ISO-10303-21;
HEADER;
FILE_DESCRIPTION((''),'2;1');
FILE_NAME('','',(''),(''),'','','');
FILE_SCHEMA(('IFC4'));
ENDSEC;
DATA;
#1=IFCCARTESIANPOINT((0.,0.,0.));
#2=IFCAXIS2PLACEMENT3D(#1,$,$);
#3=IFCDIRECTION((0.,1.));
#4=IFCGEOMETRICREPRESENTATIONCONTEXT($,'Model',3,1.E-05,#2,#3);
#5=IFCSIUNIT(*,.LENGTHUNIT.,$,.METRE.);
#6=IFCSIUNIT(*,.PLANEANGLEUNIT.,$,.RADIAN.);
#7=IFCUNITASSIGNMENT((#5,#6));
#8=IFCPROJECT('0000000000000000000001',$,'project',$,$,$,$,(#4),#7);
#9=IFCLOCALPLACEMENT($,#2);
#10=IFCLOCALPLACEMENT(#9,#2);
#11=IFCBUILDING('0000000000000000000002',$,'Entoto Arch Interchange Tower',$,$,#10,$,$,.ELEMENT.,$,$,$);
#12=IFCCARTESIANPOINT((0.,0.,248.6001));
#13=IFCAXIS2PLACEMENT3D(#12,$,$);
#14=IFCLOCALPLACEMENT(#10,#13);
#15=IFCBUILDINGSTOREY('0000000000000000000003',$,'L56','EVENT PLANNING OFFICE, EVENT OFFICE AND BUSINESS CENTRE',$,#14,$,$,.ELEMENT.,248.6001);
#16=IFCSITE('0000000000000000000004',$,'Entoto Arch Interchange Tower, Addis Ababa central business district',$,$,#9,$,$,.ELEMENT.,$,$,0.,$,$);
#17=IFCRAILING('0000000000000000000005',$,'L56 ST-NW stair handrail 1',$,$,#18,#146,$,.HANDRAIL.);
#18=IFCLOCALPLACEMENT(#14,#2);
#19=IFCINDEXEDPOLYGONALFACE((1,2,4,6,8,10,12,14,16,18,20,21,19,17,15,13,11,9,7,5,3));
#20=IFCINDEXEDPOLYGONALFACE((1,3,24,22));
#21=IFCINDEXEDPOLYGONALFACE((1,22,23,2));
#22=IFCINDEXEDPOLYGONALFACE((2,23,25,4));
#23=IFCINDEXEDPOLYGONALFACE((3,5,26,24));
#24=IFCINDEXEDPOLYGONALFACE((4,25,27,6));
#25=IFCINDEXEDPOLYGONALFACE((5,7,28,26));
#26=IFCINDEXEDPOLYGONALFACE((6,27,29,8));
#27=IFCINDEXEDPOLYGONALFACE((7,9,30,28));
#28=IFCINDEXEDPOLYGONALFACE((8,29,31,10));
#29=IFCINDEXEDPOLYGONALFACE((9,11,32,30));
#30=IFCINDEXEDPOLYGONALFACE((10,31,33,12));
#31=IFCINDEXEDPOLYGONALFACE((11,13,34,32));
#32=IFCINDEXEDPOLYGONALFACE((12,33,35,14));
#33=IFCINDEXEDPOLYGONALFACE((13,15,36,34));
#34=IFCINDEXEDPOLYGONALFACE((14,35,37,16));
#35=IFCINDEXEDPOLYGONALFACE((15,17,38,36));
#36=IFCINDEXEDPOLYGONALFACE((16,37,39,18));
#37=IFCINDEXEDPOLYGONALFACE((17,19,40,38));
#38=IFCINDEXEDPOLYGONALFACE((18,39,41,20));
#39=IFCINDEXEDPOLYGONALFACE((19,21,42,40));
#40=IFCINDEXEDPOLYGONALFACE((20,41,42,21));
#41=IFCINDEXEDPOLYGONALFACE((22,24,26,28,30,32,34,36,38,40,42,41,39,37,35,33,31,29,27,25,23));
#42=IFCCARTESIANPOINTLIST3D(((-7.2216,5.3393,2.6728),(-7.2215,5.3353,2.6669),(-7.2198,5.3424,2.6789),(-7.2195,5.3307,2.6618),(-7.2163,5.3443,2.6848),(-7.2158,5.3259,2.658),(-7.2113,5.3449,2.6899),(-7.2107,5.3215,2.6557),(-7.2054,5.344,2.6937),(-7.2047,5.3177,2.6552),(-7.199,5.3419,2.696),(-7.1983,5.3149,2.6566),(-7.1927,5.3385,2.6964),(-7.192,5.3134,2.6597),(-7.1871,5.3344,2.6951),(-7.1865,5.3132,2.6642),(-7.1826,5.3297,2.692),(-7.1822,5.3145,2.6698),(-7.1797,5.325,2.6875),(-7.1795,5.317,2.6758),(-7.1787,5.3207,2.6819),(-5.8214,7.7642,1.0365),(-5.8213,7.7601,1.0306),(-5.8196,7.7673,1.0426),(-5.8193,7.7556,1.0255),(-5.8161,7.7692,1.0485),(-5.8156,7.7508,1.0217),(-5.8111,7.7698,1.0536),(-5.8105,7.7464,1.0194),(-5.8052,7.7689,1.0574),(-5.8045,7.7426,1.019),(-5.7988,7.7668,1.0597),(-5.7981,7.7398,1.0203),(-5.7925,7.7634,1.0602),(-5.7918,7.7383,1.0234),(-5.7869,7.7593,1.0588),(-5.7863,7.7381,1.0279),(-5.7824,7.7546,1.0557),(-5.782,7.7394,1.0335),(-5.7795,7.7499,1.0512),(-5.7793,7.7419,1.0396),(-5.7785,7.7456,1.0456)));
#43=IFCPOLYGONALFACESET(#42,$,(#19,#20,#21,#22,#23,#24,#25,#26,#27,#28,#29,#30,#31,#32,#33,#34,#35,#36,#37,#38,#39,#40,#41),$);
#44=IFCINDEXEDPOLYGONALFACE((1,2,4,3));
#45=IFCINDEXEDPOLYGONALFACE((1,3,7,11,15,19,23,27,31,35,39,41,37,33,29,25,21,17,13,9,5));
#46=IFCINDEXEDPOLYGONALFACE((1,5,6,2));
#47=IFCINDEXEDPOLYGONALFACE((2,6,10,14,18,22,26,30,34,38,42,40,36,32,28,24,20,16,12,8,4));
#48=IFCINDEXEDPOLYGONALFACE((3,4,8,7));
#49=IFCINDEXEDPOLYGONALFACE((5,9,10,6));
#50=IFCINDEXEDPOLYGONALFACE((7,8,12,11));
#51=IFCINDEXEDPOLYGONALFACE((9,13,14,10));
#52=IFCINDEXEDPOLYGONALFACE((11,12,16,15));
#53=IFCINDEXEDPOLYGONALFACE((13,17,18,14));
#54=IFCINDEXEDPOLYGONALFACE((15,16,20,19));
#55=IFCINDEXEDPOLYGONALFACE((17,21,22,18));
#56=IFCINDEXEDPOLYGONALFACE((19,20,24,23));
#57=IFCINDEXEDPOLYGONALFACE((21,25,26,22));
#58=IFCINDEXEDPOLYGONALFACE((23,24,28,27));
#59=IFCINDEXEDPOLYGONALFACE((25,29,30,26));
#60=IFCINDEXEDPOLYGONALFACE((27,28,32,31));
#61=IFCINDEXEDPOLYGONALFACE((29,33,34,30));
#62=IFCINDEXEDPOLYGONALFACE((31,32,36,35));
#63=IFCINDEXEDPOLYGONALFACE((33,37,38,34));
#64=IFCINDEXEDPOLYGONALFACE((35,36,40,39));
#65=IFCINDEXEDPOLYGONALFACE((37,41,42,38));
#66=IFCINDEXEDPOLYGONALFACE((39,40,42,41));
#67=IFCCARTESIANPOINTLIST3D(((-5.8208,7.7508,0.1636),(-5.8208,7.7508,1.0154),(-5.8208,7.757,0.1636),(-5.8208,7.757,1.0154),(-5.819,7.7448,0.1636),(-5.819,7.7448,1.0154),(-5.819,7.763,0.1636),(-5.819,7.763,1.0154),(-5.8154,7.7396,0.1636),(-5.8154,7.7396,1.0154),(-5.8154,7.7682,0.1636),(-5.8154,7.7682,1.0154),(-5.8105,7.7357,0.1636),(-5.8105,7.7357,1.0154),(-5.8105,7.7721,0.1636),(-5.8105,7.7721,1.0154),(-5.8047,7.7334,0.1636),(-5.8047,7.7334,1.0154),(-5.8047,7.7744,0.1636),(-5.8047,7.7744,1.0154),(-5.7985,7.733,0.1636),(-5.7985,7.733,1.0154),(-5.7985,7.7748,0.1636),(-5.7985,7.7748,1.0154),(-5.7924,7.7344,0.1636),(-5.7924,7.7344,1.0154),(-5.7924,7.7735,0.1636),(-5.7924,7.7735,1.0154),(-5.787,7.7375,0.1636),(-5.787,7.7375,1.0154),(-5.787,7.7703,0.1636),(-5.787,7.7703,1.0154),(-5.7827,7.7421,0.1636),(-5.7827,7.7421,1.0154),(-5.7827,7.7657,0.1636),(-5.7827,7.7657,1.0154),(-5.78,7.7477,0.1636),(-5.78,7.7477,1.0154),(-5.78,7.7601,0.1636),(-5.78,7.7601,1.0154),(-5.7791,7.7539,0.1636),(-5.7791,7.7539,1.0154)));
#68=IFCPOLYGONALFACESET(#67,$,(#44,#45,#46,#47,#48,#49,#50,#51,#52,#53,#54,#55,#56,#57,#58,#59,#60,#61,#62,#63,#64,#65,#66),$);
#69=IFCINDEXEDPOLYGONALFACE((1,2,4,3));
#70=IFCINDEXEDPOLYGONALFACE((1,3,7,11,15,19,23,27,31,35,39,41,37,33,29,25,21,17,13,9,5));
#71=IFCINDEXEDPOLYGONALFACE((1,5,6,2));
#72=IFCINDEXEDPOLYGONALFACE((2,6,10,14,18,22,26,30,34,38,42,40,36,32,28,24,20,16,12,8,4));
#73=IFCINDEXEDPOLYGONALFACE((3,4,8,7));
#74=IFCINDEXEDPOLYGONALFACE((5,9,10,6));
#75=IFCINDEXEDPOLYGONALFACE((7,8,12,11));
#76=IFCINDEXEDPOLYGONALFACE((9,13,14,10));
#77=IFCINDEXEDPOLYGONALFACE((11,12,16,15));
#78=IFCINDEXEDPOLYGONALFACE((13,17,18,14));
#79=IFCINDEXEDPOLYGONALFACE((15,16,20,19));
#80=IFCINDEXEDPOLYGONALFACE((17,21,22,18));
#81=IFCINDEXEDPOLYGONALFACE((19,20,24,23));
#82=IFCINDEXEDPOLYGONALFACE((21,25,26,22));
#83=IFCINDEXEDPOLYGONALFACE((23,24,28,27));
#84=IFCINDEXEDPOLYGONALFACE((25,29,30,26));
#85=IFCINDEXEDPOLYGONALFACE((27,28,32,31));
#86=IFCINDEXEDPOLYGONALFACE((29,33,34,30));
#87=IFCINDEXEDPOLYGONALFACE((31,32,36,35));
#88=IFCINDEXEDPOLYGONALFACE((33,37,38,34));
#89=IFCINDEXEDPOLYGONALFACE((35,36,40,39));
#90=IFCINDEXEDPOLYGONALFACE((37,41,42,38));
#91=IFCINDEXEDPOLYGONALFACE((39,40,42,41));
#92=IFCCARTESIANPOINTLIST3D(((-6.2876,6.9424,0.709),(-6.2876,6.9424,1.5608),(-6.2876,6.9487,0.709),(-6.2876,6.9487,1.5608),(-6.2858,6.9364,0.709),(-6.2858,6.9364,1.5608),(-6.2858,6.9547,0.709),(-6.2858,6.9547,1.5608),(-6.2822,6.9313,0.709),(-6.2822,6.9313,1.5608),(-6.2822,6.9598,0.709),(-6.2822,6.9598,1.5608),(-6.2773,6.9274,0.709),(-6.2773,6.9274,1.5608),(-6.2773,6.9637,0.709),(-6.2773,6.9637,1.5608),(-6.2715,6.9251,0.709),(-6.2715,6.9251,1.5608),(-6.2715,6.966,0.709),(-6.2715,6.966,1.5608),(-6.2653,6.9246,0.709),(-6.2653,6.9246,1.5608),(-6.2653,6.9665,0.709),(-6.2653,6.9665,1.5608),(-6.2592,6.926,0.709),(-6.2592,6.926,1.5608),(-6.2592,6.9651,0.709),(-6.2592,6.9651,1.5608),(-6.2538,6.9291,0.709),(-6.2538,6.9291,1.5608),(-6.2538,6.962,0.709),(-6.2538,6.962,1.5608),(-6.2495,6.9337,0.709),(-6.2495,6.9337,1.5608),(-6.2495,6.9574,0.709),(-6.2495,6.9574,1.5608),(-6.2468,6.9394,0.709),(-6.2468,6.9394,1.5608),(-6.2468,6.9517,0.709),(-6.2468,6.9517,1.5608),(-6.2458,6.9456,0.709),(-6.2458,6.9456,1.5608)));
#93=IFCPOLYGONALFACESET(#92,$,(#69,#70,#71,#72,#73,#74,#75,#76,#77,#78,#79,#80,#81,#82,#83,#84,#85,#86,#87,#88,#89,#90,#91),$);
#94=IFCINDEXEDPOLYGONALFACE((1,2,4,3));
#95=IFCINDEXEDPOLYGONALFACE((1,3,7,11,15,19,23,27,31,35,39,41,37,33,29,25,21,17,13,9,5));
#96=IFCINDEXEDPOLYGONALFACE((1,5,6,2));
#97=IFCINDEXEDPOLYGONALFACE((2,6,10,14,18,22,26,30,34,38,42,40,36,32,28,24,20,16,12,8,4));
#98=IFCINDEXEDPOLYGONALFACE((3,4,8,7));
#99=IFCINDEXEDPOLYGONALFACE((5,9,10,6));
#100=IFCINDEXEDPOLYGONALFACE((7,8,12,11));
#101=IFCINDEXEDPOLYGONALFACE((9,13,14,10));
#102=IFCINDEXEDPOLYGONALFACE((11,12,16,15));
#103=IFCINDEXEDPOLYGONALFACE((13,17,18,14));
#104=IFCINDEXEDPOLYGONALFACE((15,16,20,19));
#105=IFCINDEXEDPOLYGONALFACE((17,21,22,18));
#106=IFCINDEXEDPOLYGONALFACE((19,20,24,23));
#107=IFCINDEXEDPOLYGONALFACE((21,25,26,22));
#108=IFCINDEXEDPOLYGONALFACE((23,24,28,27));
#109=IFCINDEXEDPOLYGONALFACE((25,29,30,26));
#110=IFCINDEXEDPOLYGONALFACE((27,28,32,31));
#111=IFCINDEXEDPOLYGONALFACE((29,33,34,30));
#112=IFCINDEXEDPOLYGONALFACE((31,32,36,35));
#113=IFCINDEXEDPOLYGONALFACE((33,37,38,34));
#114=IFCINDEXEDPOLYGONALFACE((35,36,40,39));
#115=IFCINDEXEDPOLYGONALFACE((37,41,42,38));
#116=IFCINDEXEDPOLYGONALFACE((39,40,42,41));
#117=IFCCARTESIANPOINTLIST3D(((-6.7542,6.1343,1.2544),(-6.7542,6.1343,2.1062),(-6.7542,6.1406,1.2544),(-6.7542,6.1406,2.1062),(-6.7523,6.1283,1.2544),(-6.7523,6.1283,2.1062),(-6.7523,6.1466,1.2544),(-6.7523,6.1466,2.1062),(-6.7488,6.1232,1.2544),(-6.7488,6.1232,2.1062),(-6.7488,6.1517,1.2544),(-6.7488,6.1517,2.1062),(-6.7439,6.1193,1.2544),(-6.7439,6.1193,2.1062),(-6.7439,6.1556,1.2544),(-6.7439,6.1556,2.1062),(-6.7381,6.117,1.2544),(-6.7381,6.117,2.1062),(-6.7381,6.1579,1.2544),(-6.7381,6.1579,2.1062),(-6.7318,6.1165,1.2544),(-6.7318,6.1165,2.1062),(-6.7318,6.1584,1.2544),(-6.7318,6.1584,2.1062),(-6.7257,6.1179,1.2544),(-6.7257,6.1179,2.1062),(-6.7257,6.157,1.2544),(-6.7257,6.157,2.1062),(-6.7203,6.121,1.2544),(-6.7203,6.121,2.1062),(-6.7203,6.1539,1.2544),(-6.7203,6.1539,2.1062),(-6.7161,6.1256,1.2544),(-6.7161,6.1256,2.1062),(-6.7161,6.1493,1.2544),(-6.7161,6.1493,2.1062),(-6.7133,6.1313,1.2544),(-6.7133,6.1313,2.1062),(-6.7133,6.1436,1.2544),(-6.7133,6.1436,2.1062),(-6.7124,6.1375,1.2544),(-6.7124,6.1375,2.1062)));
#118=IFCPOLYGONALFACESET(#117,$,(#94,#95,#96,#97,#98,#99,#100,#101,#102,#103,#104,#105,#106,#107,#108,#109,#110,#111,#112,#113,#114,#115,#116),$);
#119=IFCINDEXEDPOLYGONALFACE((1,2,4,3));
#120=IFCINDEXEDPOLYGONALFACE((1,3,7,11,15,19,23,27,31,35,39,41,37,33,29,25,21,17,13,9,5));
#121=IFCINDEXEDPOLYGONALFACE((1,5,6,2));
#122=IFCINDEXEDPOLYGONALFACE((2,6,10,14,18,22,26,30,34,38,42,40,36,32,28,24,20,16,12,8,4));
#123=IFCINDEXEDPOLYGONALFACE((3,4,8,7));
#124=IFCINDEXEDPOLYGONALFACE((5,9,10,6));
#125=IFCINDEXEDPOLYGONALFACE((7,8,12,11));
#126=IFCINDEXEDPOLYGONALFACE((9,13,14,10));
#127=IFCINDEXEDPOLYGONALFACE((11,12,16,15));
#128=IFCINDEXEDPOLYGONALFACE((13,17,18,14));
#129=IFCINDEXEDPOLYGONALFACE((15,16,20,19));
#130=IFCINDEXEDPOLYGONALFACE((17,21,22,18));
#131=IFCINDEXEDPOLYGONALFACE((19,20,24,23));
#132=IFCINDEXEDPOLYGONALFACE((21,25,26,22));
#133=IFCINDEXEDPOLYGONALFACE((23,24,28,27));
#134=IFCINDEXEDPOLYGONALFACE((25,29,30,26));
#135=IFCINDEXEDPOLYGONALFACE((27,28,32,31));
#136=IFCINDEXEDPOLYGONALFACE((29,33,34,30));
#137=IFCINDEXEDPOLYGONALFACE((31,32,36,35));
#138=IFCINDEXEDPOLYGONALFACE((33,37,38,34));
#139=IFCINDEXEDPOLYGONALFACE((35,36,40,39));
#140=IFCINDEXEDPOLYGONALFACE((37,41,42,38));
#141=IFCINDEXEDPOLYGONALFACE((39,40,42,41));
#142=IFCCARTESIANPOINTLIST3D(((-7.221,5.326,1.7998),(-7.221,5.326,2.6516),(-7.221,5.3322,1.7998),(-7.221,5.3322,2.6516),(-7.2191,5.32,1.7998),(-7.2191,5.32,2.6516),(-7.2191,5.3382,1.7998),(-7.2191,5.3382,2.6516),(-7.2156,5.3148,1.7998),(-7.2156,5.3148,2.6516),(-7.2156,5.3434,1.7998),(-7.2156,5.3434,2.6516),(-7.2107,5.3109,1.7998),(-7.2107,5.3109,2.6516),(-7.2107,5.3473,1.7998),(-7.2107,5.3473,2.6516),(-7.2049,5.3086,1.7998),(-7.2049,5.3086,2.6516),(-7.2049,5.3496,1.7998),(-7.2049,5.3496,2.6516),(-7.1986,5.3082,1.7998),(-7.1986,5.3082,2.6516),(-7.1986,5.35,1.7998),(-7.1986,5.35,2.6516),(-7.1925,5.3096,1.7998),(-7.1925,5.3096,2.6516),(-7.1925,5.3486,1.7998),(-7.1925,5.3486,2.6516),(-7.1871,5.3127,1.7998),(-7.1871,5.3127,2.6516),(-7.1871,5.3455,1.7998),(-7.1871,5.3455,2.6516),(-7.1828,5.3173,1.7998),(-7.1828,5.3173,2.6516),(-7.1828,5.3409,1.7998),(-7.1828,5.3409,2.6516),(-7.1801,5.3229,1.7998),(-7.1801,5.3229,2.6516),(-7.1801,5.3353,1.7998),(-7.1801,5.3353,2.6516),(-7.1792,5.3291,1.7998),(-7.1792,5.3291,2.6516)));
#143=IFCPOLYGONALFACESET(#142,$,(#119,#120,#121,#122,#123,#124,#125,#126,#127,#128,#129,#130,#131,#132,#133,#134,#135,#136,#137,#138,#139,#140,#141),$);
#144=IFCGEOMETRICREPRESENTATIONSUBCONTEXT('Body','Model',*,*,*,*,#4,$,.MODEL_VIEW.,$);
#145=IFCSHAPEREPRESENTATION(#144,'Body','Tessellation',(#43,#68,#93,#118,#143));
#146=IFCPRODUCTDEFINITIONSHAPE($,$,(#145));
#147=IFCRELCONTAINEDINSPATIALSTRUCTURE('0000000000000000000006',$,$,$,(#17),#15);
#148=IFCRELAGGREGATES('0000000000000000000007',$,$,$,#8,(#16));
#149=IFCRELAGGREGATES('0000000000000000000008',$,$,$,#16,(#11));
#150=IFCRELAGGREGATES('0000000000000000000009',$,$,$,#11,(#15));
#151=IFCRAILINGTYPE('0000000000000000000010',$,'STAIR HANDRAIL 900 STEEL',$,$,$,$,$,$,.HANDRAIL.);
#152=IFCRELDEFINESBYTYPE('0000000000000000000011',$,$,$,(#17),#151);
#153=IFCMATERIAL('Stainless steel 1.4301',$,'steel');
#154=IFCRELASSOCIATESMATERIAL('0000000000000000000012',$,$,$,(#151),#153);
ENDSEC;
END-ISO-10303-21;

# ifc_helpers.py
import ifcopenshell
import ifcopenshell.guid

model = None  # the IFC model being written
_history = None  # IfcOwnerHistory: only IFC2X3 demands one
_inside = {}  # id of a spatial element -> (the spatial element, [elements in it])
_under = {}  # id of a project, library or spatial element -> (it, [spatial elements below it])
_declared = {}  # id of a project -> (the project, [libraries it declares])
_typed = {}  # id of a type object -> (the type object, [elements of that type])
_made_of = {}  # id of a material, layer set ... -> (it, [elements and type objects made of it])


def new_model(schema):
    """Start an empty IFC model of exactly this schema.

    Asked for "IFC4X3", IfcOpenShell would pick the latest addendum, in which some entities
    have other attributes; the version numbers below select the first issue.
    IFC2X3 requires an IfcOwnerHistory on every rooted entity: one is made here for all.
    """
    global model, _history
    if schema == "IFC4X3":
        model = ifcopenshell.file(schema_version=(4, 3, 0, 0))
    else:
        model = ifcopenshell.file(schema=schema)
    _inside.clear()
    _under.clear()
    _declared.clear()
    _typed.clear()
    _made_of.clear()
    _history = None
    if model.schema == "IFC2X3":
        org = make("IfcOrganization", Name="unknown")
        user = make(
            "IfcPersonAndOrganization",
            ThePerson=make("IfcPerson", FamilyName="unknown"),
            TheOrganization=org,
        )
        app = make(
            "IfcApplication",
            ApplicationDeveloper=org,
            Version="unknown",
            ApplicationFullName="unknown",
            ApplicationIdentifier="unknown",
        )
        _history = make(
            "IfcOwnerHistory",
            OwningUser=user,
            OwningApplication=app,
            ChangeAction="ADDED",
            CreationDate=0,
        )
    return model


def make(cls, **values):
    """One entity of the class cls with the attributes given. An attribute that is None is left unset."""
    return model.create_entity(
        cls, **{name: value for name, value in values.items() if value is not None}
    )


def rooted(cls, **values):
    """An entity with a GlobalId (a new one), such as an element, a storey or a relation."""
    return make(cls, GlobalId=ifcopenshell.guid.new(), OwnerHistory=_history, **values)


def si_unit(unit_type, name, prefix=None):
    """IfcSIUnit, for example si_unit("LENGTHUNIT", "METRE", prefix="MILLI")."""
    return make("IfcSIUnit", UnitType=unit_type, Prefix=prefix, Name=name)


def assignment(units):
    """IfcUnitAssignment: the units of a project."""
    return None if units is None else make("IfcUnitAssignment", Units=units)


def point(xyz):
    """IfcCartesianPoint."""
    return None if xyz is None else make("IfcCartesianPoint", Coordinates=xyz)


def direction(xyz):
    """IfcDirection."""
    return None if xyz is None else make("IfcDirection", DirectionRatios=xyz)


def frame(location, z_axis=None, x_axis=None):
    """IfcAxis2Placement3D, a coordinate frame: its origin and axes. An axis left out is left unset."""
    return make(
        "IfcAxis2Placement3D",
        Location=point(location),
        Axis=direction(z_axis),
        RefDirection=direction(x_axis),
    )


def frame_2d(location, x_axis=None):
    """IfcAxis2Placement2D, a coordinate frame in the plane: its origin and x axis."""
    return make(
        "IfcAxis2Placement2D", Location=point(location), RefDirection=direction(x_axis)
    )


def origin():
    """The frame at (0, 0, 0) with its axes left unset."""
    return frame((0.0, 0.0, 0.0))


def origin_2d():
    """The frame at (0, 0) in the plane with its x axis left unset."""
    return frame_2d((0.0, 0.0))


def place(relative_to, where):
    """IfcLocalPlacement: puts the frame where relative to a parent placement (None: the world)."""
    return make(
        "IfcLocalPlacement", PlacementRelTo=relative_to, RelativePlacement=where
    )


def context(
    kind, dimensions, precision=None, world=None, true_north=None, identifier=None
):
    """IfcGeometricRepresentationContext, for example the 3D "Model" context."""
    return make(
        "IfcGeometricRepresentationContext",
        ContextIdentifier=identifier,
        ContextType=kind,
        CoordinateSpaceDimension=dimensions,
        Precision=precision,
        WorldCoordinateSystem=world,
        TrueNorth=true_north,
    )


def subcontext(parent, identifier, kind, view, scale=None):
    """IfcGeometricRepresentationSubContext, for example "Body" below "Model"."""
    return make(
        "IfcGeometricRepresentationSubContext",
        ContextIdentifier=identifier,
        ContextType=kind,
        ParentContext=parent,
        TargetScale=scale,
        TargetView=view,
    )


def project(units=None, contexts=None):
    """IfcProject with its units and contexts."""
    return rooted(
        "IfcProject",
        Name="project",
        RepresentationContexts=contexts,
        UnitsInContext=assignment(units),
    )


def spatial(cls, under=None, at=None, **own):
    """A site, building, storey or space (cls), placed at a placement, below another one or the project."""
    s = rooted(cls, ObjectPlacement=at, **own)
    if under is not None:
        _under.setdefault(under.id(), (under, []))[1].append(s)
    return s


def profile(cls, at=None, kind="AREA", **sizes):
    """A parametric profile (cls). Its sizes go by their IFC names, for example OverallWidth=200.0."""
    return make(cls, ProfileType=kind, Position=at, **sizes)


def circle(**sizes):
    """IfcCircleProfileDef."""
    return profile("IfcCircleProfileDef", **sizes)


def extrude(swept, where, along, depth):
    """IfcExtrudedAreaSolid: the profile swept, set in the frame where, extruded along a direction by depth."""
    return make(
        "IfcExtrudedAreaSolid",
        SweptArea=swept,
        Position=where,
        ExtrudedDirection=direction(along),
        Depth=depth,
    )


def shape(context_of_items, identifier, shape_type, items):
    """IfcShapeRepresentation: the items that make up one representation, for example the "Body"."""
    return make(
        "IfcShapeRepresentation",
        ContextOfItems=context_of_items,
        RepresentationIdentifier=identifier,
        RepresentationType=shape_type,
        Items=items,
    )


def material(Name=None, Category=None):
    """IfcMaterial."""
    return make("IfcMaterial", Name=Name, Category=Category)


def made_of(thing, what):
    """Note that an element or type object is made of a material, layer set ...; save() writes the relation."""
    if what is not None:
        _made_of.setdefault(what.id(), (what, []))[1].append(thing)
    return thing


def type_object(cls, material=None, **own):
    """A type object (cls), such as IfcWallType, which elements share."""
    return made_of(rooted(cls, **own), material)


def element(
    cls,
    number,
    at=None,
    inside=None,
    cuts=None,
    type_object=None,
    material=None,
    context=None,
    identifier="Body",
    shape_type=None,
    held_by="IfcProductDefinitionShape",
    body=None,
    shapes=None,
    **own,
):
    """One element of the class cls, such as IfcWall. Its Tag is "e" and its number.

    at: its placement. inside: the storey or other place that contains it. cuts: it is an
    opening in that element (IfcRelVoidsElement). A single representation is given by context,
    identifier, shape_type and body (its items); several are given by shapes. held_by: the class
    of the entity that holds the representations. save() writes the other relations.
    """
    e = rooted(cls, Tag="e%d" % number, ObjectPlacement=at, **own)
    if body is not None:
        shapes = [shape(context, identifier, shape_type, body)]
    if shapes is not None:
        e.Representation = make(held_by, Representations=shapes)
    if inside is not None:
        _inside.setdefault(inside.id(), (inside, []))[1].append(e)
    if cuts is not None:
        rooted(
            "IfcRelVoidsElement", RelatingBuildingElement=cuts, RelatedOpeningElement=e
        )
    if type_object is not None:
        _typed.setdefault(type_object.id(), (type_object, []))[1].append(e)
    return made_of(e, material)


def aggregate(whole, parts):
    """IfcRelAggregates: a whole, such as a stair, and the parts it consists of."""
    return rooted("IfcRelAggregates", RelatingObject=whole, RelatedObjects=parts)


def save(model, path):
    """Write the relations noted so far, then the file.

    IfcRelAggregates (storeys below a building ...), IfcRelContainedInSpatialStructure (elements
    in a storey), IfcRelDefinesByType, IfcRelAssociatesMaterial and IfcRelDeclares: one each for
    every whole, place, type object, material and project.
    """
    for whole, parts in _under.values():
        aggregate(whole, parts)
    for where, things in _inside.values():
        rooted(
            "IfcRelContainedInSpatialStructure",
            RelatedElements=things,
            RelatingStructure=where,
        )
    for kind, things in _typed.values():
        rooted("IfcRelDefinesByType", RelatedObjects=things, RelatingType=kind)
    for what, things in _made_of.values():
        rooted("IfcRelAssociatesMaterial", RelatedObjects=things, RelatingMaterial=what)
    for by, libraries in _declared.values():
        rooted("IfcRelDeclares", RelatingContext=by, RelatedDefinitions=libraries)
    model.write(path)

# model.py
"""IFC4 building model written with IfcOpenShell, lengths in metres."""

from ifc_helpers import new_model, si_unit, direction, frame, origin, origin_2d, place, context, subcontext, project, spatial, circle, extrude, material, type_object, element, save


model = new_model("IFC4")

# Units and contexts
model_context = context("Model", 3, precision=1e-05, world=origin(), true_north=direction((0.0, 1.0)))
body_context = subcontext(model_context, "Body", "Model", "MODEL_VIEW")
ifc_project = project(units=[si_unit("LENGTHUNIT", "METRE"), si_unit("PLANEANGLEUNIT", "RADIAN")], contexts=[model_context])

# Site, building, storey
site_placement = place(None, origin())
site = spatial("IfcSite", under=ifc_project, at=site_placement, Name="Entoto Arch Interchange Tower, Addis Ababa central business district", CompositionType="ELEMENT", RefElevation=0.0)
building_placement = place(site_placement, origin())
building = spatial("IfcBuilding", under=site, at=building_placement, Name="Entoto Arch Interchange Tower", CompositionType="ELEMENT")
storey_placement = place(building_placement, frame((0.0, 0.0, 248.6001)))
storey = spatial("IfcBuildingStorey", under=building, at=storey_placement, Name="L56", Description="EVENT PLANNING OFFICE, EVENT OFFICE AND BUSINESS CENTRE", CompositionType="ELEMENT", Elevation=248.6001)

# Railing
ifc_material_1 = material(Name="Stainless steel 1.4301", Category="steel")
railing_type_1 = type_object("IfcRailingType", Name="STAIR HANDRAIL 900 STEEL", PredefinedType="HANDRAIL", material=ifc_material_1)
railing_1_placement = place(storey_placement, frame((-5.8, 7.7539, 0.1636)))
element("IfcRailing", 1, at=railing_1_placement, inside=storey, type_object=railing_type_1, Name="L56 ST-NW stair handrail 1", PredefinedType="HANDRAIL", context=body_context, shape_type="SweptSolid", body=[
    extrude(circle(Radius=0.0239, at=origin_2d()), frame((0.0, 0.0, 0.876), z_axis=(-0.431738, -0.747694, 0.504535), x_axis=(0.865997, -0.50005, 0.0)), (0.0, 0.0, 1.0), 3.2432),
    extrude(circle(Radius=0.021, at=origin_2d()), origin(), (0.0, 0.0, 1.0), 0.8518),
    extrude(circle(Radius=0.021, at=origin_2d()), frame((-0.4668, -0.8083, 0.5454)), (0.0, 0.0, 1.0), 0.8518),
    extrude(circle(Radius=0.021, at=origin_2d()), frame((-0.9333, -1.6165, 1.0908)), (0.0, 0.0, 1.0), 0.8518),
    extrude(circle(Radius=0.021, at=origin_2d()), frame((-1.4001, -2.4248, 1.6362)), (0.0, 0.0, 1.0), 0.8518),
])

save(model, "model.ifc")
